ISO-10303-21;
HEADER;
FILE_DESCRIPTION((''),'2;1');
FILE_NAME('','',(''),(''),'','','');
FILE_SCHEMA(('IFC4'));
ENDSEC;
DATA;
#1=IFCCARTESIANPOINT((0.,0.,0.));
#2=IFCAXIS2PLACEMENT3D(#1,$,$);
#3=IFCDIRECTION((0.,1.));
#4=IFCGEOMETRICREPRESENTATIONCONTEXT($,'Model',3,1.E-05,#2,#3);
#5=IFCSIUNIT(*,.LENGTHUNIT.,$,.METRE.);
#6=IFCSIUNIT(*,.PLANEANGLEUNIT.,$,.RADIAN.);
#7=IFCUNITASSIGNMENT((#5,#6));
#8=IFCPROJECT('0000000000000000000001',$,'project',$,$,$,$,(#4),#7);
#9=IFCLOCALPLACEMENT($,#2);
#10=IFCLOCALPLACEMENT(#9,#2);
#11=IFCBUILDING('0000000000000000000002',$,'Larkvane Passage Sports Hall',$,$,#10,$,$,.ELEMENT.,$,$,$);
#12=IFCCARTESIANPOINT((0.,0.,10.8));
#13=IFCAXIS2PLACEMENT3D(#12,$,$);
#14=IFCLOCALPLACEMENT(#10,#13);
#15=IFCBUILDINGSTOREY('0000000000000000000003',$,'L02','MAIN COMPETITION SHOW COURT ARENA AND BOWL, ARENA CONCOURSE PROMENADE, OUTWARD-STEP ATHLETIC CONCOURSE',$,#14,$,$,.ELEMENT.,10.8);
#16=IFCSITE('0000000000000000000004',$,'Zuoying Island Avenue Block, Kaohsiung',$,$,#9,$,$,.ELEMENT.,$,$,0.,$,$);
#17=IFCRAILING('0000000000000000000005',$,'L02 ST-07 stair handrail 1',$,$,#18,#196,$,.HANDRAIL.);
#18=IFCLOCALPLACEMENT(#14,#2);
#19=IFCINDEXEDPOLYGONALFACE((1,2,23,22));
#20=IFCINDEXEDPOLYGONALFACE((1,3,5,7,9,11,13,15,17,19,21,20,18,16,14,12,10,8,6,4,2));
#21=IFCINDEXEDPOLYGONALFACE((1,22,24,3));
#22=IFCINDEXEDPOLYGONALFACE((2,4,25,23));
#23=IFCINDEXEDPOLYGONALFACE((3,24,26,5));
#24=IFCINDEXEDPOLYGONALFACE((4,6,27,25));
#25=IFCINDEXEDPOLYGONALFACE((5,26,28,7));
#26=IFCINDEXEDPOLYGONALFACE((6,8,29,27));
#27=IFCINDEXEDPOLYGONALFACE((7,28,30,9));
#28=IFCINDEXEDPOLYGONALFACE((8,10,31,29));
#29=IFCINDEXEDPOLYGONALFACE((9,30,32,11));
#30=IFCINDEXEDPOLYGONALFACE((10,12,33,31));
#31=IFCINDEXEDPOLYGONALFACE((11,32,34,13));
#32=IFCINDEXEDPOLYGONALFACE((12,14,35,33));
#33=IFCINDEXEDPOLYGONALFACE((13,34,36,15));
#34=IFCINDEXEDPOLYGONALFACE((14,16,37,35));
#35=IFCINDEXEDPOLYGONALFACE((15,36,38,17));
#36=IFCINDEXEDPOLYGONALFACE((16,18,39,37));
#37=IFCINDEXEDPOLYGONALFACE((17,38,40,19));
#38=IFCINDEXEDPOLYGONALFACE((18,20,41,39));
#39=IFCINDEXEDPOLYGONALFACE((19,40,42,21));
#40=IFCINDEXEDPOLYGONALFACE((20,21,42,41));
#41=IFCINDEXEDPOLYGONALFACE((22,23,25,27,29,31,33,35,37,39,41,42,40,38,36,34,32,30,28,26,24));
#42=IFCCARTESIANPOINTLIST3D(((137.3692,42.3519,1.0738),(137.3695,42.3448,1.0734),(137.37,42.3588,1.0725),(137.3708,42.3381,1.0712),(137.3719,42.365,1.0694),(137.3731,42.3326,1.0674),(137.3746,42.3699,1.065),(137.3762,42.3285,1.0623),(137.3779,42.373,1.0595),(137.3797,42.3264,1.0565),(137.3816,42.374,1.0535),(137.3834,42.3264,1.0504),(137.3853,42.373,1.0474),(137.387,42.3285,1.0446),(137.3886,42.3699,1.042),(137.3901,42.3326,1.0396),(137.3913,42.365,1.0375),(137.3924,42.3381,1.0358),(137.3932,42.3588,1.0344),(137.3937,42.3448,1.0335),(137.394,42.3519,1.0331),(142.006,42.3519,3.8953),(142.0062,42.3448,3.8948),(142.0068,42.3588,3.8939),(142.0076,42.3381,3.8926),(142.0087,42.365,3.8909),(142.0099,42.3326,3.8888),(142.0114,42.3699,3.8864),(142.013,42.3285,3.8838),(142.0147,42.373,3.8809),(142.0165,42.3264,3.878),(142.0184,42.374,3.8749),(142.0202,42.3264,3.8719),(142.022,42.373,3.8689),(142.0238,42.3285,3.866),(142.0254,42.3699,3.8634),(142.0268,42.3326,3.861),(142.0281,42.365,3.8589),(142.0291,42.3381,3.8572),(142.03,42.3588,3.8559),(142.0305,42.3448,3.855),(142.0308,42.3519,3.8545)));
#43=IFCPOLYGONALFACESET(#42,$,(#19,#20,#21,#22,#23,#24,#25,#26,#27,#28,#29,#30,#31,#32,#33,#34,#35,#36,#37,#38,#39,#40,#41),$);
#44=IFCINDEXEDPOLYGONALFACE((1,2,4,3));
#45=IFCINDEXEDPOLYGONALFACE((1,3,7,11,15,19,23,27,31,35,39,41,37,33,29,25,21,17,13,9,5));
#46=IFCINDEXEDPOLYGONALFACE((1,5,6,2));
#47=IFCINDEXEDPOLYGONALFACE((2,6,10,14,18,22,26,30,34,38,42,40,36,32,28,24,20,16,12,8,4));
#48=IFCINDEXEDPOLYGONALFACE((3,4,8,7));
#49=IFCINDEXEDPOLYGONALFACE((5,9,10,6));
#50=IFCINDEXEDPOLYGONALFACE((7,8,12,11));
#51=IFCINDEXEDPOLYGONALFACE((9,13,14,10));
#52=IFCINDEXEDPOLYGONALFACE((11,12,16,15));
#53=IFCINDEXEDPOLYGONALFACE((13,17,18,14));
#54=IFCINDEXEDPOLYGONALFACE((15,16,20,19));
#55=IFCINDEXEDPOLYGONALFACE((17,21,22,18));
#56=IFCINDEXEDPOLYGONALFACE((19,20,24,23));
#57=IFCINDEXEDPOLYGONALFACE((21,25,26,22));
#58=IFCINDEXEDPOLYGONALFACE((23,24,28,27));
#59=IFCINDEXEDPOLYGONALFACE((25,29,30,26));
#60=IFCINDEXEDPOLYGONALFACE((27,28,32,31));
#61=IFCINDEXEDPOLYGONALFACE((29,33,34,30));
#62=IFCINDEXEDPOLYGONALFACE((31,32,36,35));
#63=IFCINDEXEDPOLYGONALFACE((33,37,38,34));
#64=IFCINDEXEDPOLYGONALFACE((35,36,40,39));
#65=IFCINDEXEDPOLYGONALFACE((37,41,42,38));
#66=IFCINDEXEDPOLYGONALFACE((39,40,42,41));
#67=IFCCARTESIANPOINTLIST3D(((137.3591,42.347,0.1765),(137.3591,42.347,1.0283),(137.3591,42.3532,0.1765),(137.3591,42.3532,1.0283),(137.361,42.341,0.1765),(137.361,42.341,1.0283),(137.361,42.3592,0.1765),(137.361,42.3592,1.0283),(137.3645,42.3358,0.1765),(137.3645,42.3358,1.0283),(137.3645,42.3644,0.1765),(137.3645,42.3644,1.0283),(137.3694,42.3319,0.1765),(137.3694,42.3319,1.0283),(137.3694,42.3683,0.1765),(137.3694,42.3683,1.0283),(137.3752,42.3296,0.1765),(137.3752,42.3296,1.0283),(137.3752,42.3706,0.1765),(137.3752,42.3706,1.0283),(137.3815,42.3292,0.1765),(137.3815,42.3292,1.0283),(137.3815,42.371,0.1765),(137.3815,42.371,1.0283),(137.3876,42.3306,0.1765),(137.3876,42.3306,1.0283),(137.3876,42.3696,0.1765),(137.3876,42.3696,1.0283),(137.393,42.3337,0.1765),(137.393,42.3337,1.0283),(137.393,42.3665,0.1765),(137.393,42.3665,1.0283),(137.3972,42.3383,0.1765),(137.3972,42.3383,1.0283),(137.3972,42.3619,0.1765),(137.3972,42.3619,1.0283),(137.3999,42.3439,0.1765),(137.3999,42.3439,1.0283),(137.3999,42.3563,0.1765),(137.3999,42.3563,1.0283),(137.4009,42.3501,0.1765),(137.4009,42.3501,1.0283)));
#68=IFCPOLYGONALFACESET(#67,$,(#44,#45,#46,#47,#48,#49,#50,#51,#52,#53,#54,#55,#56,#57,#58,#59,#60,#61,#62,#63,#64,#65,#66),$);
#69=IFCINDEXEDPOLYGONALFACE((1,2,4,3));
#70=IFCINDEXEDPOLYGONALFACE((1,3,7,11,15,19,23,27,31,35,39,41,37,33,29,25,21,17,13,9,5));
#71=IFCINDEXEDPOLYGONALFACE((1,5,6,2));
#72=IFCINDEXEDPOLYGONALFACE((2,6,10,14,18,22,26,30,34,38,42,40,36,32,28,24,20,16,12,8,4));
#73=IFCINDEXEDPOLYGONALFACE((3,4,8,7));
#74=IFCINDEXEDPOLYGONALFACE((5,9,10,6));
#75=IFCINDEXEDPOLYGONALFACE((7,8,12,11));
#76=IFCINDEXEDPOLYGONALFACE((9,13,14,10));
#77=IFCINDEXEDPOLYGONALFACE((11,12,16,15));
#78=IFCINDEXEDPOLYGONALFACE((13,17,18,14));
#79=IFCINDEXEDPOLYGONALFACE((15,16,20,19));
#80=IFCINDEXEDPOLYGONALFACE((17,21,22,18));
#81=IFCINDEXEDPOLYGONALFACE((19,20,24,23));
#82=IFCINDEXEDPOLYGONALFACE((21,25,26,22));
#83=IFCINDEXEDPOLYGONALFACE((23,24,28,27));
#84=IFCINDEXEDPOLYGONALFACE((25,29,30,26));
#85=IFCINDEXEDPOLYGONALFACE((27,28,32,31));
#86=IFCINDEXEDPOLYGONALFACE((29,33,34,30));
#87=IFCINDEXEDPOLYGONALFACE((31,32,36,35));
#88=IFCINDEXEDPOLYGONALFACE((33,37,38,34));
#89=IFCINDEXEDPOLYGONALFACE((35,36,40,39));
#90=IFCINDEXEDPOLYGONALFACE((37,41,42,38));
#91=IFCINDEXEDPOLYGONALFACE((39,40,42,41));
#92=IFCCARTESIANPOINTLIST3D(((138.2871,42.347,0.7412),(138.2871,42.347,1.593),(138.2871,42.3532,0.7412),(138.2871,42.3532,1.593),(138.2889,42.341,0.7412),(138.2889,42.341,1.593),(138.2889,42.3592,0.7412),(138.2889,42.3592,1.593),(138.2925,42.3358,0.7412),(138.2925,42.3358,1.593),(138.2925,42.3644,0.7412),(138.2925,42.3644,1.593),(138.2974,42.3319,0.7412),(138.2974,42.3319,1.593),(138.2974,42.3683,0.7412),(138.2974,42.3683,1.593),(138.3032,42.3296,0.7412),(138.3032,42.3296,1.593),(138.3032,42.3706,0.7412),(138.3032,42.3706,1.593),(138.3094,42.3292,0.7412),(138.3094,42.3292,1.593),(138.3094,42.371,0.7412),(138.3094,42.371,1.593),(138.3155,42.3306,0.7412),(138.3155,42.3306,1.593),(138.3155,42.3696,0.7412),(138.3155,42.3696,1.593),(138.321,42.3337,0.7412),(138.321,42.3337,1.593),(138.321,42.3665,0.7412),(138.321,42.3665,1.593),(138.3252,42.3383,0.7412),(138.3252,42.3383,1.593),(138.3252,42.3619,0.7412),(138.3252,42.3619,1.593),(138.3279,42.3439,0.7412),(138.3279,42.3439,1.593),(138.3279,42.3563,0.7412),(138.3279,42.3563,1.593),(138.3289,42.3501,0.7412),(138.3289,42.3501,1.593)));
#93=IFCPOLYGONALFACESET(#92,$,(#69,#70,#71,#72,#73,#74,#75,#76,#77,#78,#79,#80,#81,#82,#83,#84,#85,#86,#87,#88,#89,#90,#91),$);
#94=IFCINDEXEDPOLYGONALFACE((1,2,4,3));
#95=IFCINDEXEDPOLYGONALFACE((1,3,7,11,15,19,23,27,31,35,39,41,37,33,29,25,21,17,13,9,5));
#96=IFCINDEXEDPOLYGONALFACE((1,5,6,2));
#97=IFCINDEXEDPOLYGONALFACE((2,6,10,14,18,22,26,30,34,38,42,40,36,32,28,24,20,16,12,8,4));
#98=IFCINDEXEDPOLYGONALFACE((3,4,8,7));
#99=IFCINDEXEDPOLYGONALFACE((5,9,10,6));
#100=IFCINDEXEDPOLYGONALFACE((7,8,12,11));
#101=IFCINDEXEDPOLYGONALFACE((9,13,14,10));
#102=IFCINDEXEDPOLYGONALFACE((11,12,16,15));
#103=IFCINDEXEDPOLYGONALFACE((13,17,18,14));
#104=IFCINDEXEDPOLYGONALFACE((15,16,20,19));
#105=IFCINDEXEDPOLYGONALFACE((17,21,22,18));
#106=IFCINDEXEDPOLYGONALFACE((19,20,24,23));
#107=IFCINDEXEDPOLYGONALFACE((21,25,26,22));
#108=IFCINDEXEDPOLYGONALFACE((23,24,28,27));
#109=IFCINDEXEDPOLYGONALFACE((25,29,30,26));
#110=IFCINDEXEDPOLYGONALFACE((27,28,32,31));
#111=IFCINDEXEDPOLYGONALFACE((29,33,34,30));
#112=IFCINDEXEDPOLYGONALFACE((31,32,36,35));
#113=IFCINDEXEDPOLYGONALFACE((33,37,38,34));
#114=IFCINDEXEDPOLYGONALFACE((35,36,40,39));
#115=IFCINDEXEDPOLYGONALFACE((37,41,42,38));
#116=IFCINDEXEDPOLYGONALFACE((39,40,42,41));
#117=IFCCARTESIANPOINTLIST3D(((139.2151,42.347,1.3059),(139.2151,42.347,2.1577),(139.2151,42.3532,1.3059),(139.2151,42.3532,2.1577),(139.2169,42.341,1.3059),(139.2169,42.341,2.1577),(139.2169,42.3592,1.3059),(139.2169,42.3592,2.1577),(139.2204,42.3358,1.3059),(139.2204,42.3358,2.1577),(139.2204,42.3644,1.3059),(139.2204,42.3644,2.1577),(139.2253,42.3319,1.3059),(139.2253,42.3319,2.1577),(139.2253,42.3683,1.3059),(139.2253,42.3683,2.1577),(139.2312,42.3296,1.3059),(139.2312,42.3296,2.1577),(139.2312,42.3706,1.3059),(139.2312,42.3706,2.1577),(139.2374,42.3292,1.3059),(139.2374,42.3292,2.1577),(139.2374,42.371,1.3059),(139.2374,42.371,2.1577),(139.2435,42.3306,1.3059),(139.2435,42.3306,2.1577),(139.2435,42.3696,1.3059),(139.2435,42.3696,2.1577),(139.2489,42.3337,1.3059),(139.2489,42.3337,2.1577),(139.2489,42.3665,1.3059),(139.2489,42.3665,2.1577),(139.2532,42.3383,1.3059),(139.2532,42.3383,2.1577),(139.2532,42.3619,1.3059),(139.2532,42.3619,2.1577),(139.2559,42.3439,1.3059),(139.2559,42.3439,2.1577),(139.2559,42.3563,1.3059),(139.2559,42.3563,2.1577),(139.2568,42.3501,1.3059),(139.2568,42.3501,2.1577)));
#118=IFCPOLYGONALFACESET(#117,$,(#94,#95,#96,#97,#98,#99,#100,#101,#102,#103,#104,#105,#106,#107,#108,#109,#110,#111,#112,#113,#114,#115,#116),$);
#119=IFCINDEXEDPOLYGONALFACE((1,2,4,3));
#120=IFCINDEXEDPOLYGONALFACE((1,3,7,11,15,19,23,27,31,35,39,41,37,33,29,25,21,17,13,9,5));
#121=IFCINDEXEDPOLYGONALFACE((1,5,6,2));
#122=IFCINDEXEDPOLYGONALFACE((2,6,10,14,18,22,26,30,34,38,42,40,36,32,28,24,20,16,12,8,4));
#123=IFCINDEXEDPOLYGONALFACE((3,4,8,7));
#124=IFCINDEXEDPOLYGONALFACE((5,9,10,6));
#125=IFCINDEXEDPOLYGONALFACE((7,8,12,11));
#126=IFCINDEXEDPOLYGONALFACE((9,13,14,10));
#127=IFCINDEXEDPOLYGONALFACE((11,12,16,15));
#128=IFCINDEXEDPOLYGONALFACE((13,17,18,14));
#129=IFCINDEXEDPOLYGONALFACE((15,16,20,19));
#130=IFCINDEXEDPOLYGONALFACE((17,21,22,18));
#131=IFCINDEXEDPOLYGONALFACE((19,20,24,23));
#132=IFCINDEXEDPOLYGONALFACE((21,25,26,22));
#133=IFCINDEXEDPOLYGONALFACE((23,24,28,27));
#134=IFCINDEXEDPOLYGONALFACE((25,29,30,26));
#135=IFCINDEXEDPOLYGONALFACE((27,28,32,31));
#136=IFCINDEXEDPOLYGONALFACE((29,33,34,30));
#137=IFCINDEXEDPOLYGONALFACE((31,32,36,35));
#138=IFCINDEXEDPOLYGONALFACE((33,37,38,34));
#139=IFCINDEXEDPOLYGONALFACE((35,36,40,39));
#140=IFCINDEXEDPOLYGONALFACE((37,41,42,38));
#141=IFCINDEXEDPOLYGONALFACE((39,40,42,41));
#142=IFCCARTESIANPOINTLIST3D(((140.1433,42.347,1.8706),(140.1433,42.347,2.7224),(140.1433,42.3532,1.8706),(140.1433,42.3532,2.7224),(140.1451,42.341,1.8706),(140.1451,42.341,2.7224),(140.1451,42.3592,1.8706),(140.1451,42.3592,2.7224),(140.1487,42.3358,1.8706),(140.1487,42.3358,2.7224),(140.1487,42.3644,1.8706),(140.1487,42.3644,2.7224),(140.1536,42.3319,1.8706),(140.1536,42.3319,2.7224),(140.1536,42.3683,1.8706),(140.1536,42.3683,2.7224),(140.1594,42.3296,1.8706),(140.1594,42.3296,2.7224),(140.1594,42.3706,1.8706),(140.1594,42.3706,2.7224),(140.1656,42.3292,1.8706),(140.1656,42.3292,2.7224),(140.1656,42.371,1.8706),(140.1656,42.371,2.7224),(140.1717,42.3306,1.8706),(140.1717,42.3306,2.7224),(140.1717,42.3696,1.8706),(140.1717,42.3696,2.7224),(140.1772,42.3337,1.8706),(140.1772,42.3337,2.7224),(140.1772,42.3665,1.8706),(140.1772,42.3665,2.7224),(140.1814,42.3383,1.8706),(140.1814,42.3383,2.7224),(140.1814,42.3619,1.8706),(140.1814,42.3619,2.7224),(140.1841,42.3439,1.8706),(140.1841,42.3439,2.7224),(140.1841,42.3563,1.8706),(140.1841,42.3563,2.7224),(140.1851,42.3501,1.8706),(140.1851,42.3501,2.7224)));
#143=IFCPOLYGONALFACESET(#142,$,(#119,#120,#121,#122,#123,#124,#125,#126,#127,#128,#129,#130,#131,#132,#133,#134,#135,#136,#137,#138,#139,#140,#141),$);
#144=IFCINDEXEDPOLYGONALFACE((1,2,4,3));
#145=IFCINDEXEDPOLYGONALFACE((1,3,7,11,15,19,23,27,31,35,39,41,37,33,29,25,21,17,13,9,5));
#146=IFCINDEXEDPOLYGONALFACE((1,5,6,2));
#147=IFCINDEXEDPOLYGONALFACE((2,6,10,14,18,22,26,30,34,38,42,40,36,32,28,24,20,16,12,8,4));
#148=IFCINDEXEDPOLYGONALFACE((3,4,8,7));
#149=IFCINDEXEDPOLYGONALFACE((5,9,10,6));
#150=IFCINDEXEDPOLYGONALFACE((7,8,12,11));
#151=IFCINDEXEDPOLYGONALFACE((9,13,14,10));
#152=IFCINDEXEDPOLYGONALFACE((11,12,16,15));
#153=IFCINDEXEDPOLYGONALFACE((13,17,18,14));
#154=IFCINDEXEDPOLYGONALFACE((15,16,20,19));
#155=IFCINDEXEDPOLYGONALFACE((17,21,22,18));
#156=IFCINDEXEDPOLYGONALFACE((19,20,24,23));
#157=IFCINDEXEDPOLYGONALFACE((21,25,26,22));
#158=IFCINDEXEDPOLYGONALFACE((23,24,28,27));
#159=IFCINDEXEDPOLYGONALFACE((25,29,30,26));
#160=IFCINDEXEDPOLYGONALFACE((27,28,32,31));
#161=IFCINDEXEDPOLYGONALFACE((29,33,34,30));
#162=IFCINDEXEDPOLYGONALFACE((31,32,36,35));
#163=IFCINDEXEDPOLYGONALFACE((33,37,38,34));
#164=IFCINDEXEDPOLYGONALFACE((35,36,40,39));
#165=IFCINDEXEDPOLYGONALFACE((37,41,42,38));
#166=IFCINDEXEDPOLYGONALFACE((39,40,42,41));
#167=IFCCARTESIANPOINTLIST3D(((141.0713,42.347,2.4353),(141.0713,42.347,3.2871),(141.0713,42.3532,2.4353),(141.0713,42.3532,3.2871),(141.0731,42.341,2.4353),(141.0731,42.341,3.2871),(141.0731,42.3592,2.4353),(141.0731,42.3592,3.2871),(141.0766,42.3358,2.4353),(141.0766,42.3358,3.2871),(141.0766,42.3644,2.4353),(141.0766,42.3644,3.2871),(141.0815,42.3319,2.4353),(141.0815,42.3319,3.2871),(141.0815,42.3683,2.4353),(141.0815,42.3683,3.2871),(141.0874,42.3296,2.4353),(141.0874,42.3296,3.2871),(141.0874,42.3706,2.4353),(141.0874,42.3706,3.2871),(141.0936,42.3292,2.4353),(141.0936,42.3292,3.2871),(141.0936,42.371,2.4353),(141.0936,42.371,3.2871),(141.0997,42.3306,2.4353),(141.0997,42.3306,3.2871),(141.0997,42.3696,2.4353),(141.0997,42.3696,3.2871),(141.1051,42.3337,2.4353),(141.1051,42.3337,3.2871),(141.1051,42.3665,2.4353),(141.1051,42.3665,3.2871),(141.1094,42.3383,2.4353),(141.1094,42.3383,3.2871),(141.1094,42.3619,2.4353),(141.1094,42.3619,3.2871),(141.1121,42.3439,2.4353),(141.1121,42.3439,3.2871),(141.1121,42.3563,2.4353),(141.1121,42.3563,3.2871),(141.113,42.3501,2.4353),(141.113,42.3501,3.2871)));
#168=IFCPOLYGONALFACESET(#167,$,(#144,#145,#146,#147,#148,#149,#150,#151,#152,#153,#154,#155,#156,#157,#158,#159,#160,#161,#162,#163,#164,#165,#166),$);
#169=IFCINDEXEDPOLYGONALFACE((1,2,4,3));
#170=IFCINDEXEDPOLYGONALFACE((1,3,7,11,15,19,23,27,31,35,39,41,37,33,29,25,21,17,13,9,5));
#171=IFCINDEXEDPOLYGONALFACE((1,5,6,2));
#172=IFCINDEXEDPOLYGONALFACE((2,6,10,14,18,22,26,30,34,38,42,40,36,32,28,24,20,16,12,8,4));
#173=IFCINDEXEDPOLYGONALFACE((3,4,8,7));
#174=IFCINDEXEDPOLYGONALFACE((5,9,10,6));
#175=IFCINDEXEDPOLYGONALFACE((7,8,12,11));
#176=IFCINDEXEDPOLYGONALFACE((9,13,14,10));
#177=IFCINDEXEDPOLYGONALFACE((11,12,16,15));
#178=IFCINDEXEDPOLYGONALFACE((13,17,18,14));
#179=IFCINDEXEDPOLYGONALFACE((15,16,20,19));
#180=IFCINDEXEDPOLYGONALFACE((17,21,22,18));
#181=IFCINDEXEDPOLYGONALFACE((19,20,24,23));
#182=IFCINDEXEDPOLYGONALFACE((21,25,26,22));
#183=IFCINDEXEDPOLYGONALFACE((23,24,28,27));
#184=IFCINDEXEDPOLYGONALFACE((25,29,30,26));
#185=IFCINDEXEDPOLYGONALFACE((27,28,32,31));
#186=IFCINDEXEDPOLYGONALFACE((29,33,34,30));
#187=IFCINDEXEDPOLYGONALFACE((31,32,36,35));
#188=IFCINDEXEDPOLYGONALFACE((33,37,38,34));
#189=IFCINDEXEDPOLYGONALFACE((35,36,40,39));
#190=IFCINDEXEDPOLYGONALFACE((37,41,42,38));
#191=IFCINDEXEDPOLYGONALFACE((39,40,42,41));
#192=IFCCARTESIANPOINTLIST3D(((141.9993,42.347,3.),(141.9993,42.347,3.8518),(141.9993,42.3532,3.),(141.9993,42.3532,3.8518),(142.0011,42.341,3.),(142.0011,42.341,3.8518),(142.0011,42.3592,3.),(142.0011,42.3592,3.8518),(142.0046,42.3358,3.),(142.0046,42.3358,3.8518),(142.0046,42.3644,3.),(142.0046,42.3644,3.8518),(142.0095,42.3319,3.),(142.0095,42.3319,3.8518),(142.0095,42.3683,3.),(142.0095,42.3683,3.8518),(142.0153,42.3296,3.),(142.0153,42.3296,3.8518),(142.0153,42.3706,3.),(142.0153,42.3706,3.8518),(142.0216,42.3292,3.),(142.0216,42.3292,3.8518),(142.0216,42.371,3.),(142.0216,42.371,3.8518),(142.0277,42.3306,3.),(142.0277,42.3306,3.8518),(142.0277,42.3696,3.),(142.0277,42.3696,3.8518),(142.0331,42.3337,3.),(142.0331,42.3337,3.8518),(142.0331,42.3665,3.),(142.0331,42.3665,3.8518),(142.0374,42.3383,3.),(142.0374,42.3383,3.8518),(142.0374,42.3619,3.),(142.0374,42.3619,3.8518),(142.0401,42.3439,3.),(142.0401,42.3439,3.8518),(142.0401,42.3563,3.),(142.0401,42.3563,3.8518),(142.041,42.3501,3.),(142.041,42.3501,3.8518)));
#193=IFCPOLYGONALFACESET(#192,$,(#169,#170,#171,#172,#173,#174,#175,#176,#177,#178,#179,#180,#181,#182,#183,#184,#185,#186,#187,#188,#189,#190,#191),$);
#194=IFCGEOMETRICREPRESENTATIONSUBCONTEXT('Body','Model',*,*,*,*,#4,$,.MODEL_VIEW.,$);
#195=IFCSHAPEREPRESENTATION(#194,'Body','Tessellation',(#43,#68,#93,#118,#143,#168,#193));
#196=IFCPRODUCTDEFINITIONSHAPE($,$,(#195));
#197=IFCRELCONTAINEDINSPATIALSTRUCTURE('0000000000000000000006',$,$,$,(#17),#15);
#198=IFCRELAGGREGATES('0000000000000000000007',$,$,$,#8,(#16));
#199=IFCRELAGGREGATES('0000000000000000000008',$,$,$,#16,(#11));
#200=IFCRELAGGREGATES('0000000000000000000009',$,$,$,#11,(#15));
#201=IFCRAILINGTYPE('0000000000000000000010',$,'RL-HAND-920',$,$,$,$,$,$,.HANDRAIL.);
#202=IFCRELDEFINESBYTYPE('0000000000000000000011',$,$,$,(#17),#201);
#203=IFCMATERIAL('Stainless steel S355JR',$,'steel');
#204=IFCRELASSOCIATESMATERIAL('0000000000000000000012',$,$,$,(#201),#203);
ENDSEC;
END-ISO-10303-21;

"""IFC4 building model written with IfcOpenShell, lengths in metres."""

from ifc_helpers import new_model, si_unit, direction, frame, origin, origin_2d, place, context, subcontext, project, spatial, circle, extrude, material, type_object, element, save


model = new_model("IFC4")

# Units and contexts
model_context = context("Model", 3, precision=1e-05, world=origin(), true_north=direction((0.0, 1.0)))
body_context = subcontext(model_context, "Body", "Model", "MODEL_VIEW")
ifc_project = project(units=[si_unit("LENGTHUNIT", "METRE"), si_unit("PLANEANGLEUNIT", "RADIAN")], contexts=[model_context])

# Site, building, storey
site_placement = place(None, origin())
site = spatial("IfcSite", under=ifc_project, at=site_placement, Name="Zuoying Island Avenue Block, Kaohsiung", CompositionType="ELEMENT", RefElevation=0.0)
building_placement = place(site_placement, origin())
building = spatial("IfcBuilding", under=site, at=building_placement, Name="Larkvane Passage Sports Hall", CompositionType="ELEMENT")
storey_placement = place(building_placement, frame((0.0, 0.0, 10.8)))
storey = spatial("IfcBuildingStorey", under=building, at=storey_placement, Name="L02", Description="MAIN COMPETITION SHOW COURT ARENA AND BOWL, ARENA CONCOURSE PROMENADE, OUTWARD-STEP ATHLETIC CONCOURSE", CompositionType="ELEMENT", Elevation=10.8)

# Railing
ifc_material_1 = material(Name="Stainless steel S355JR", Category="steel")
railing_type_1 = type_object("IfcRailingType", Name="RL-HAND-920", PredefinedType="HANDRAIL", material=ifc_material_1)
railing_1_placement = place(storey_placement, frame((137.3799, 42.3501, 0.1765)))
element("IfcRailing", 1, at=railing_1_placement, inside=storey, type_object=railing_type_1, Name="L02 ST-07 stair handrail 1", PredefinedType="HANDRAIL", context=body_context, shape_type="SweptSolid", body=[
    extrude(circle(Radius=0.0239, at=origin_2d()), frame((0.0017, 0.0, 0.877), z_axis=(0.854276, 0.0, 0.51982), x_axis=(0.0, 1.0, 0.0)), (0.0, 0.0, 1.0), 5.4277),
    extrude(circle(Radius=0.021, at=origin_2d()), origin(), (0.0, 0.0, 1.0), 0.8518),
    extrude(circle(Radius=0.021, at=origin_2d()), frame((0.928, 0.0, 0.5647)), (0.0, 0.0, 1.0), 0.8518),
    extrude(circle(Radius=0.021, at=origin_2d()), frame((1.856, 0.0, 1.1294)), (0.0, 0.0, 1.0), 0.8518),
    extrude(circle(Radius=0.021, at=origin_2d()), frame((2.7842, 0.0, 1.6941)), (0.0, 0.0, 1.0), 0.8518),
    extrude(circle(Radius=0.021, at=origin_2d()), frame((3.7122, 0.0, 2.2588)), (0.0, 0.0, 1.0), 0.8518),
    extrude(circle(Radius=0.021, at=origin_2d()), frame((4.6401, 0.0, 2.8235)), (0.0, 0.0, 1.0), 0.8518),
])

save(model, "model.ifc")
